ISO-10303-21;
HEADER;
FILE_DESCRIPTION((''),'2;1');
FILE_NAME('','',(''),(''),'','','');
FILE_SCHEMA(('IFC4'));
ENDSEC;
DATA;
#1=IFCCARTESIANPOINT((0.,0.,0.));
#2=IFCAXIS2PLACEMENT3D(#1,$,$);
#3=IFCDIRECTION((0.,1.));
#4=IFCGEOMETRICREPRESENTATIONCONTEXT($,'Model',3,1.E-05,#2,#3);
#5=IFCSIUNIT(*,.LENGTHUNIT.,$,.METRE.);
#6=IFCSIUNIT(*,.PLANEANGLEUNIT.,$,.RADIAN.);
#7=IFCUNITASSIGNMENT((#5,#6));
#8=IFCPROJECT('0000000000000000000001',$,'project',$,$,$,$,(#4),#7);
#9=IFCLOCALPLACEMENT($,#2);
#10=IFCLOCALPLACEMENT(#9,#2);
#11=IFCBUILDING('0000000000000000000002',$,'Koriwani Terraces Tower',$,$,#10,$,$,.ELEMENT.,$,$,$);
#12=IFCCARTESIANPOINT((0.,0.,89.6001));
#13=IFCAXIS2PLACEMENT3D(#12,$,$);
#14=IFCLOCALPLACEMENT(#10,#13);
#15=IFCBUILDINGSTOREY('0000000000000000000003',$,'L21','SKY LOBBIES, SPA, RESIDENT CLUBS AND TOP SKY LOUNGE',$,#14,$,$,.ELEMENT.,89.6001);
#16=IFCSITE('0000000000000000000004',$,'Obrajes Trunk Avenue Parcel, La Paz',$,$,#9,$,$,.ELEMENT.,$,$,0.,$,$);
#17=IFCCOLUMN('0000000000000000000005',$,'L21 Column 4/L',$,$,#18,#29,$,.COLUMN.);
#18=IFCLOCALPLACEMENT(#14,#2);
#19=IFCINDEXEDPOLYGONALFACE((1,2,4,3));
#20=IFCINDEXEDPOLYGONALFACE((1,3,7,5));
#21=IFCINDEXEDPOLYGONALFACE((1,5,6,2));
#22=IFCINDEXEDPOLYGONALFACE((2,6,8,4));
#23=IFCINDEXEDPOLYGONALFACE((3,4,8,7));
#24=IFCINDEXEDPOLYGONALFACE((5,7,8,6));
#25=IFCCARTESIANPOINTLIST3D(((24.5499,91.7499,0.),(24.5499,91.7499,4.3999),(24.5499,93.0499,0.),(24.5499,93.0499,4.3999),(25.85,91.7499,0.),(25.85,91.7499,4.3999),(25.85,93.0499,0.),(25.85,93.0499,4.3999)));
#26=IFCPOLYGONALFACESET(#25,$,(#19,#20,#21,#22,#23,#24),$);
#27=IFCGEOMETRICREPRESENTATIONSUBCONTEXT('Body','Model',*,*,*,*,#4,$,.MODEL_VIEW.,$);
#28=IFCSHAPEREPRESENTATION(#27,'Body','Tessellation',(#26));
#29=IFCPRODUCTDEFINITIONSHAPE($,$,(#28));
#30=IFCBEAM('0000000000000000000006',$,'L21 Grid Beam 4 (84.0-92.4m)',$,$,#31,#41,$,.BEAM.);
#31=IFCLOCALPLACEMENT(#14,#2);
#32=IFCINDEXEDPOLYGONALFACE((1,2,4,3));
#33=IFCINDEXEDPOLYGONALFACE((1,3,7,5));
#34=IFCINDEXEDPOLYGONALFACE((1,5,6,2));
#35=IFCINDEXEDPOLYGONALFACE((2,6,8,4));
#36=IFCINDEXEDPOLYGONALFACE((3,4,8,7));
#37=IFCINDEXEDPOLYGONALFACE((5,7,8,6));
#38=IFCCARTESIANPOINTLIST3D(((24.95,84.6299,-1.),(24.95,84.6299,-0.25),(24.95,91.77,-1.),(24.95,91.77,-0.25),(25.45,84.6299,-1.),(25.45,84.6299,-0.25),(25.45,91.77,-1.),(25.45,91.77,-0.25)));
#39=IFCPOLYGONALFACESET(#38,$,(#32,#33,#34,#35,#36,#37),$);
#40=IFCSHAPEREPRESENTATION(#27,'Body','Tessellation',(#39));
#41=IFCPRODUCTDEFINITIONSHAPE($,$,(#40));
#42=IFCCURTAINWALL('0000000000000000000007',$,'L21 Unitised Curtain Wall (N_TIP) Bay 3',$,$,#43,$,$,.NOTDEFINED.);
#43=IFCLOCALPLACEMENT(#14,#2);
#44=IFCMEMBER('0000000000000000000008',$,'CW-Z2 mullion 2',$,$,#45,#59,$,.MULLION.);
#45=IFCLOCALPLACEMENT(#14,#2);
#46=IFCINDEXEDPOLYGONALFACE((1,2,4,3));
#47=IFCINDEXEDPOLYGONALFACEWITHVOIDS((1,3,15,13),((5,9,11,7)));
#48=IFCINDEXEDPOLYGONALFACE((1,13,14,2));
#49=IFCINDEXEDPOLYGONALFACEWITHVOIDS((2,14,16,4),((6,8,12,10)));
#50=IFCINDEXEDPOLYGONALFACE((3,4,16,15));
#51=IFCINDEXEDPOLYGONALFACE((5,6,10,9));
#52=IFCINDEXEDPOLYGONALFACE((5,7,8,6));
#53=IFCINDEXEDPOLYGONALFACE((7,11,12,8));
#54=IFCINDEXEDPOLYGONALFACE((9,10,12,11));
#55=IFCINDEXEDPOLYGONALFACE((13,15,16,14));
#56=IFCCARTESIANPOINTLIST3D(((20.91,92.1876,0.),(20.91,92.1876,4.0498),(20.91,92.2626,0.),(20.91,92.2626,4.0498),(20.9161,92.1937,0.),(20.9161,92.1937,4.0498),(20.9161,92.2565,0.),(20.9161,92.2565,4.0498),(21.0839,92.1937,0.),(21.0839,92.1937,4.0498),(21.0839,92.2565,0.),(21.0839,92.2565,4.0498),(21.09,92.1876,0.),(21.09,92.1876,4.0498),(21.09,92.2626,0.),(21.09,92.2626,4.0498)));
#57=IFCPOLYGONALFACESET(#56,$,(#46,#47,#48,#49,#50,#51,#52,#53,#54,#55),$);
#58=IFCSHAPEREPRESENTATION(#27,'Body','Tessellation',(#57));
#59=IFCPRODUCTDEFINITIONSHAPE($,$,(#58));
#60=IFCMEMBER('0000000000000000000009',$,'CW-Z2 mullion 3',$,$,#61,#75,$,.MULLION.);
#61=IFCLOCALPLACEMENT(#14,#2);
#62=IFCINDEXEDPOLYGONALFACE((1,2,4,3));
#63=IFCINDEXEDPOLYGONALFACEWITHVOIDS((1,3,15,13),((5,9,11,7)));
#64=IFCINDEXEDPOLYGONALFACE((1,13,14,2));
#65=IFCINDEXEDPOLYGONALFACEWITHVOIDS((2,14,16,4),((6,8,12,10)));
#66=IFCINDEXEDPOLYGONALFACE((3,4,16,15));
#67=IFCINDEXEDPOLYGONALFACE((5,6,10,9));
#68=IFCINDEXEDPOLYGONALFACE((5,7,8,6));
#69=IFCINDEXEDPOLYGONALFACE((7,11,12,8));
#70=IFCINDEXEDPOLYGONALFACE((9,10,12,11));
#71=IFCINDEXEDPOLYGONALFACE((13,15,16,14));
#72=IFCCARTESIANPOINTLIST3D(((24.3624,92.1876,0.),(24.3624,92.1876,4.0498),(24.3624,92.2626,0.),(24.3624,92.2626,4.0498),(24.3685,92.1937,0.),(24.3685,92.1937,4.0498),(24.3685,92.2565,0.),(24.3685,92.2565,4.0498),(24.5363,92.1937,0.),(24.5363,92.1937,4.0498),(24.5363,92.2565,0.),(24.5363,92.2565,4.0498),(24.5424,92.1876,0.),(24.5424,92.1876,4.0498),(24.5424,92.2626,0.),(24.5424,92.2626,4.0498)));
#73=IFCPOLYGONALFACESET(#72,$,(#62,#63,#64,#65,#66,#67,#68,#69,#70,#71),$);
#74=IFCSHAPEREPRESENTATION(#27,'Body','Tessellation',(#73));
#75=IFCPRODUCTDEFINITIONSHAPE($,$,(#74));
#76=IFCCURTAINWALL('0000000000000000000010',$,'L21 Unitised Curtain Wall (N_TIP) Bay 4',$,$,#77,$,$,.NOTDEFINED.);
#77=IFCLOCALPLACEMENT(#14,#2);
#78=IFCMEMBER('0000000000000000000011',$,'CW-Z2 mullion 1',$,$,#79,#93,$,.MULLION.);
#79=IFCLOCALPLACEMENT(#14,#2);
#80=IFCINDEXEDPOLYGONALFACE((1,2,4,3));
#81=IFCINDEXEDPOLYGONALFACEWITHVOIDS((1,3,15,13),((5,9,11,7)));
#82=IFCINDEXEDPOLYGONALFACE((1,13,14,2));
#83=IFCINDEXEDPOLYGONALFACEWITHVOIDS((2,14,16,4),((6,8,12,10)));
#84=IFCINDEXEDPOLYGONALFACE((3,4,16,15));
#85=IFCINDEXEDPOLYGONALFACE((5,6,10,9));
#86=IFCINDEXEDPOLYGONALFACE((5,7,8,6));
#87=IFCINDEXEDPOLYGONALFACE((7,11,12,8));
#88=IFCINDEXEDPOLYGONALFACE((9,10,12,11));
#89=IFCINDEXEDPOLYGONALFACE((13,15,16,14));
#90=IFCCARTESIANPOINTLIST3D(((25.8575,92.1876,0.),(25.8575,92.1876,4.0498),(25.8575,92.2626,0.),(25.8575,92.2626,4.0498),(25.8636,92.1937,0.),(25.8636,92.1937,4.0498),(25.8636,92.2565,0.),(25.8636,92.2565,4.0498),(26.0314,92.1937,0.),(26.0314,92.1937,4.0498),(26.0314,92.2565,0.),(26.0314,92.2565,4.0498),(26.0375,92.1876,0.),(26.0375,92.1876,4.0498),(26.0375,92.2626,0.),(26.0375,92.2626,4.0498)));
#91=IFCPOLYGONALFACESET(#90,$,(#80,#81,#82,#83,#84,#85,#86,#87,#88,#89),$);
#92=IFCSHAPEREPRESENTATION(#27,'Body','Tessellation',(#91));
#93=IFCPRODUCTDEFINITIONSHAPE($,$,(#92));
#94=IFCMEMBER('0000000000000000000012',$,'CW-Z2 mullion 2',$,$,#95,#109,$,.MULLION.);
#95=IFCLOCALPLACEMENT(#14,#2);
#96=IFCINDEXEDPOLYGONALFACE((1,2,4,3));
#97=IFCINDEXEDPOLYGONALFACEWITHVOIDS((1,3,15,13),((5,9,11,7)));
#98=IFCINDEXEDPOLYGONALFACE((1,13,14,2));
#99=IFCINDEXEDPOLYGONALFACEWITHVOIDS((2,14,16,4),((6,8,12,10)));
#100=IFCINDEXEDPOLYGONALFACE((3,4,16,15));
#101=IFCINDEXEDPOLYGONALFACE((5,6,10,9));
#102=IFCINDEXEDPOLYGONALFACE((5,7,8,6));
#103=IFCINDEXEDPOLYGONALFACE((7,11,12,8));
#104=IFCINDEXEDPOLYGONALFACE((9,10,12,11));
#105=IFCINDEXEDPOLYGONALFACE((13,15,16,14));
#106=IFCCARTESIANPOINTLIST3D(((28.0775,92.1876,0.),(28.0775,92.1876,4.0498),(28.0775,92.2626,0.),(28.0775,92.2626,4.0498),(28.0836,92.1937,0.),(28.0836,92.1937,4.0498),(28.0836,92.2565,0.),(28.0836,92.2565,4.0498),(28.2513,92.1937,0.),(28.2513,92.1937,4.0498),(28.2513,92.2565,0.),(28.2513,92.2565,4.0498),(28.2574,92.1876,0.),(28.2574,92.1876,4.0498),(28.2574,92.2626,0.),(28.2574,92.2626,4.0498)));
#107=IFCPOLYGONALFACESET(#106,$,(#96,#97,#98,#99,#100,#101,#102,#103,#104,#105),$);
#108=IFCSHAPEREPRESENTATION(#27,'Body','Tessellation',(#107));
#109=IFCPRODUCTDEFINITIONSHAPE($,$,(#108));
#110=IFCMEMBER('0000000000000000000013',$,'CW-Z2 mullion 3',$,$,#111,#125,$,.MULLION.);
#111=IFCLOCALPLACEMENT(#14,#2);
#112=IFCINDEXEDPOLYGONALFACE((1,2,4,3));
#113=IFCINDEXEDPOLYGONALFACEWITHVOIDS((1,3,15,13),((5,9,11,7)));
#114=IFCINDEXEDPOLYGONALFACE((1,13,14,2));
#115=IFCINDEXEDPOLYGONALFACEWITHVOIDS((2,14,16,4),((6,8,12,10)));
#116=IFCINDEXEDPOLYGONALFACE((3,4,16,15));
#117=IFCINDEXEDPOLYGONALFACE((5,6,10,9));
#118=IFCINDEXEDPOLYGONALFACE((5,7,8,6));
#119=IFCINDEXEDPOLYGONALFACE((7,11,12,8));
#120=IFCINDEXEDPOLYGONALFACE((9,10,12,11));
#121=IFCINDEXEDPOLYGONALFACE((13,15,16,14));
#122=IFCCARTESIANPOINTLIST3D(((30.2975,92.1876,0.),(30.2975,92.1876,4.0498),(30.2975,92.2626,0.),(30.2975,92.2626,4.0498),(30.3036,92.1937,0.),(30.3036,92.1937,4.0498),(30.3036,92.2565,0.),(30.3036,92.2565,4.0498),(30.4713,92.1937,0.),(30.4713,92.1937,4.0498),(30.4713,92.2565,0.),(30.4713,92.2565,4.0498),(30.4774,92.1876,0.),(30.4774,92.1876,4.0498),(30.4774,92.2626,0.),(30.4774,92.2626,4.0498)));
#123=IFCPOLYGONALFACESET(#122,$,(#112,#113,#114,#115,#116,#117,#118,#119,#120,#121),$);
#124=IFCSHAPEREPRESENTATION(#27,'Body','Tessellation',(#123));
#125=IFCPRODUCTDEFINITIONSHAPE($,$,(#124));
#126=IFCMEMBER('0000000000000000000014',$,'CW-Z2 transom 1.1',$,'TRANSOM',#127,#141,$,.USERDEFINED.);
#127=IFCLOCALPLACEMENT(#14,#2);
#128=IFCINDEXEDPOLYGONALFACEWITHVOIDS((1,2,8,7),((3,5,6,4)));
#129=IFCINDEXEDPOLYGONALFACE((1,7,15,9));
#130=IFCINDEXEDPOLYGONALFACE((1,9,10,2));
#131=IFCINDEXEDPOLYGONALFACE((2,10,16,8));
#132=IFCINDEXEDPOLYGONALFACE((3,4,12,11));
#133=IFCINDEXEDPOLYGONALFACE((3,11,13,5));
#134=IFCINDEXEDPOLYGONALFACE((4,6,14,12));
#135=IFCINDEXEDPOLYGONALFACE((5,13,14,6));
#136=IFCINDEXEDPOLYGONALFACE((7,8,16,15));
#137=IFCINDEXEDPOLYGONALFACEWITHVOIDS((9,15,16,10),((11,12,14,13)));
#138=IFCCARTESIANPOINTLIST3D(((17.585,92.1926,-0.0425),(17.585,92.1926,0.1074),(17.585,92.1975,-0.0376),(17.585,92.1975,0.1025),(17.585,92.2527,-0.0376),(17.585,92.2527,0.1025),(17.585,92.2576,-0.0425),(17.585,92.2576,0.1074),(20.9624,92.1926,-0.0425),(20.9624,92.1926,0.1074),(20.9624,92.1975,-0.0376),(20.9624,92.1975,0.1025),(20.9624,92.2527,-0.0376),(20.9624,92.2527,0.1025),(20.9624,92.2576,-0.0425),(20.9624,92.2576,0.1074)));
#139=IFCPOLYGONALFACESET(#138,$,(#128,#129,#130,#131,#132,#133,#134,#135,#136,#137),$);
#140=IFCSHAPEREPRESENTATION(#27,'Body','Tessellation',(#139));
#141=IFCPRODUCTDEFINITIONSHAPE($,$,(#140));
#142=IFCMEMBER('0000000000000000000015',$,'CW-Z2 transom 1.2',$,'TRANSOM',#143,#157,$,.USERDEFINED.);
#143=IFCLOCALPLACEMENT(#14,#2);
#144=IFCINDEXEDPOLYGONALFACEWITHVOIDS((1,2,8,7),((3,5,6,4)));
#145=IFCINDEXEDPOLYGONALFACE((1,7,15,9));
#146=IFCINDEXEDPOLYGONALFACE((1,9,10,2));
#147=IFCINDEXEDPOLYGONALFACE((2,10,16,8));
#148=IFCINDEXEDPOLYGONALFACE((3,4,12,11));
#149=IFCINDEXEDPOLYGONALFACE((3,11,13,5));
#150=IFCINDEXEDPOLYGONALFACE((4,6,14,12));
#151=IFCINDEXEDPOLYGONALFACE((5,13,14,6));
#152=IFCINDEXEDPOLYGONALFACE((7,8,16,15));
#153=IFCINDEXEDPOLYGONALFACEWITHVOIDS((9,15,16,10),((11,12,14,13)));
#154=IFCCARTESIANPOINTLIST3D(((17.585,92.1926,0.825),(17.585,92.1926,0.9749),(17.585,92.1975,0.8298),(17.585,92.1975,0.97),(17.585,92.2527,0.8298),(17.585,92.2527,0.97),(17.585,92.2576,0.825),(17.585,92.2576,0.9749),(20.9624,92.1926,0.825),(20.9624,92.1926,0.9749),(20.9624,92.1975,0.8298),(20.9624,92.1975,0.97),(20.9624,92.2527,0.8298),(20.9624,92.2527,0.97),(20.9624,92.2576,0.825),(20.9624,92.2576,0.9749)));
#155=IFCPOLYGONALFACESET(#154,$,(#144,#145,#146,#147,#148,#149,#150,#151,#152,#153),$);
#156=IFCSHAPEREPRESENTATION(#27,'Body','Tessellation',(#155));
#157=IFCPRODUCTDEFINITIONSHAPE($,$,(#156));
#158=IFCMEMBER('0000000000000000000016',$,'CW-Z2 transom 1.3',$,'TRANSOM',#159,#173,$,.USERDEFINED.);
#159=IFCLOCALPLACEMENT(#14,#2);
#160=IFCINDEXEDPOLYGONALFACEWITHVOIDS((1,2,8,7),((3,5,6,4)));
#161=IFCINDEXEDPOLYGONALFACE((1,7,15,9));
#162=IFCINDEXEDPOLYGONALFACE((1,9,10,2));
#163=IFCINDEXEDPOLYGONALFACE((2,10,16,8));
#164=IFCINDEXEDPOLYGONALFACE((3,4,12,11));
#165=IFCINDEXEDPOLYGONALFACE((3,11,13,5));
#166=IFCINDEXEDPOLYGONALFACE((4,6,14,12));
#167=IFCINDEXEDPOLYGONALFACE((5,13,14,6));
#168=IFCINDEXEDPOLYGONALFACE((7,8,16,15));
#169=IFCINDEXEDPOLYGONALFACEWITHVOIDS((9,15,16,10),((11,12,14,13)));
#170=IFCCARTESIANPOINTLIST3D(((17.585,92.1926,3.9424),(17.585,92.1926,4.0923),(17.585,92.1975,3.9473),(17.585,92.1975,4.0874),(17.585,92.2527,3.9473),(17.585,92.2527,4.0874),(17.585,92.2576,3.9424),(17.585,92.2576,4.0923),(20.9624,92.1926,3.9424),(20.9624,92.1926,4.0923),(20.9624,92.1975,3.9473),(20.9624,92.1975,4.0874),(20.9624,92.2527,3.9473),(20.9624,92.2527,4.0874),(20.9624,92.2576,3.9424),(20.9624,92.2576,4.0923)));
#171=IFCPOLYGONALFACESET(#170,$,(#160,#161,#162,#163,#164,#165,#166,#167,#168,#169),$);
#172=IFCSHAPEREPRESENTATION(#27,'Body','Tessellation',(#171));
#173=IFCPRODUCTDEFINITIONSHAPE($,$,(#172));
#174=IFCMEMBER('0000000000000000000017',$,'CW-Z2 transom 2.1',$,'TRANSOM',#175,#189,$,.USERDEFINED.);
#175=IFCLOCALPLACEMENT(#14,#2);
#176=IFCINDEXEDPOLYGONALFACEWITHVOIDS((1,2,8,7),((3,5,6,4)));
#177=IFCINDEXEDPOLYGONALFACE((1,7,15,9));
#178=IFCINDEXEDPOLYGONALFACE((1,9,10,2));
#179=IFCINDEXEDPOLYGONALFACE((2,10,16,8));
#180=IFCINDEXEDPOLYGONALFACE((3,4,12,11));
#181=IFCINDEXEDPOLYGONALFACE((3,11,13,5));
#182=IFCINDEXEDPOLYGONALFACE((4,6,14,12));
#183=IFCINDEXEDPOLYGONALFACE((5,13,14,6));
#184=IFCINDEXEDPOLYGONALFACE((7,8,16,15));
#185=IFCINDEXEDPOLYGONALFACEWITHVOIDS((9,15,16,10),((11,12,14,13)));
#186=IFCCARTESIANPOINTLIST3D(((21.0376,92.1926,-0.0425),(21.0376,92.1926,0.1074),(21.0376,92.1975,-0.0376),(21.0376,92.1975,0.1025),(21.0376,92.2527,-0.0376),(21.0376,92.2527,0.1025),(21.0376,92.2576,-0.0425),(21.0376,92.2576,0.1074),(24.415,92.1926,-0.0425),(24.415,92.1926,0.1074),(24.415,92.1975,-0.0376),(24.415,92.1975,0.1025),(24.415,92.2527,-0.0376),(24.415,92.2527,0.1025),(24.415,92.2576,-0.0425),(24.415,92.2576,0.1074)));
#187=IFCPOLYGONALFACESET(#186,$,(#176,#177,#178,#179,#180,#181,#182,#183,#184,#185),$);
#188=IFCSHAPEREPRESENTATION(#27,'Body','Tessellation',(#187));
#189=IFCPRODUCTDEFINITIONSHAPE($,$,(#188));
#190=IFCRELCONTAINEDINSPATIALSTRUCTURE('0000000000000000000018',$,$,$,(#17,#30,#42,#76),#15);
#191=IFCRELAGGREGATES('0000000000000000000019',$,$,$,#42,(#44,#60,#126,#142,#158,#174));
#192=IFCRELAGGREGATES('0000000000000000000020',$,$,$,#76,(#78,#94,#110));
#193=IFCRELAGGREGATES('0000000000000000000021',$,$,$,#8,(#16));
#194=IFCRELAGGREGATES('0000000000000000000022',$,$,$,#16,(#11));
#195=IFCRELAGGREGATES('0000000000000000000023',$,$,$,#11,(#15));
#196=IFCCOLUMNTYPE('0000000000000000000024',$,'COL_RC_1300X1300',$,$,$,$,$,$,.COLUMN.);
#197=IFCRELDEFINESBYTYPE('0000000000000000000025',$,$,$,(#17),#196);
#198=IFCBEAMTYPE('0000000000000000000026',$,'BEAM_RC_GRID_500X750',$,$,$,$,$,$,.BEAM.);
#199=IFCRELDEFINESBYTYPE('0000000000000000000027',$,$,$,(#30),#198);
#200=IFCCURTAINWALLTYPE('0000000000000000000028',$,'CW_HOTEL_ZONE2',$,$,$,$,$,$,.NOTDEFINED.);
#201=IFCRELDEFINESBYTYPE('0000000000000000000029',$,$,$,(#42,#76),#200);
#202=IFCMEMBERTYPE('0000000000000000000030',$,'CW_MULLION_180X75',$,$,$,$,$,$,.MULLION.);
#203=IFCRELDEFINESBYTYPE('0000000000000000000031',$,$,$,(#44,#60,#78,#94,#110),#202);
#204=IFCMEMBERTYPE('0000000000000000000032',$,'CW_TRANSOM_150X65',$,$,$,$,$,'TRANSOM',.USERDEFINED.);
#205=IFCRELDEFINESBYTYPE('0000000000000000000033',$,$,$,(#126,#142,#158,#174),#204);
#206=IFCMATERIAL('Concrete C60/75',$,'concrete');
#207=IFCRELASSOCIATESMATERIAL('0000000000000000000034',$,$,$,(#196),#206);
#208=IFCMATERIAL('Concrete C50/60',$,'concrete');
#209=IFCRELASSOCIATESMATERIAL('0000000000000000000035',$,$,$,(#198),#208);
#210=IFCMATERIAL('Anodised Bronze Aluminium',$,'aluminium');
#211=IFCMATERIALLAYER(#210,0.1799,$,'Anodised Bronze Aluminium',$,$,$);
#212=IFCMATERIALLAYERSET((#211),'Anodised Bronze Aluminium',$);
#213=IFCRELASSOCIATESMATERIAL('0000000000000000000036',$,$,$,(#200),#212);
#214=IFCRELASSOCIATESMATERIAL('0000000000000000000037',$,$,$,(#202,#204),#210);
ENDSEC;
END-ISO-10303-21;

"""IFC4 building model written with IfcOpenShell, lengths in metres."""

from ifc_helpers import new_model, si_unit, direction, frame, origin, origin_2d, place, context, subcontext, project, spatial, rectangle, hollow_rectangle, extrude, material, layer, layer_set, material_profile, profile_set, type_object, element, aggregate, save


model = new_model("IFC4")

# Units and contexts
model_context = context("Model", 3, precision=1e-05, world=origin(), true_north=direction((0.0, 1.0)))
body_context = subcontext(model_context, "Body", "Model", "MODEL_VIEW")
ifc_project = project(units=[si_unit("LENGTHUNIT", "METRE"), si_unit("PLANEANGLEUNIT", "RADIAN")], contexts=[model_context])

# Site, building, storey
site_placement = place(None, origin())
site = spatial("IfcSite", under=ifc_project, at=site_placement, Name="Obrajes Trunk Avenue Parcel, La Paz", CompositionType="ELEMENT", RefElevation=0.0)
building_placement = place(site_placement, origin())
building = spatial("IfcBuilding", under=site, at=building_placement, Name="Koriwani Terraces Tower", CompositionType="ELEMENT")
storey_placement = place(building_placement, frame((0.0, 0.0, 89.6001)))
storey = spatial("IfcBuildingStorey", under=building, at=storey_placement, Name="L21", Description="SKY LOBBIES, SPA, RESIDENT CLUBS AND TOP SKY LOUNGE", CompositionType="ELEMENT", Elevation=89.6001)

# Column
ifc_material_1 = material(Name="Concrete C60/75", Category="concrete")
ifc_material_profile_1 = material_profile(ifc_material_1, rectangle(XDim=1.3, YDim=1.3, at=origin_2d()), Name="Concrete C60/75", Category="LoadBearing")
ifc_profile_set_1 = profile_set([ifc_material_profile_1], Name="Concrete C60/75")
column_type = type_object("IfcColumnType", Name="COL_RC_1300X1300", PredefinedType="COLUMN", material=ifc_profile_set_1)
column_placement = place(storey_placement, frame((25.2, 92.3999, 0.0), z_axis=(0.0, 0.0, 1.0), x_axis=(1.0, 0.0, 0.0)))
element("IfcColumn", 1, at=column_placement, inside=storey, type_object=column_type, Name="L21 Column 4/L", PredefinedType="COLUMN", context=body_context, shape_type="SweptSolid", body=[
    extrude(rectangle(XDim=1.3, YDim=1.3, at=origin_2d()), origin(), (0.0, 0.0, 1.0), 4.3999),
])

# Beam
ifc_material_2 = material(Name="Concrete C50/60", Category="concrete")
ifc_material_profile_2 = material_profile(ifc_material_2, rectangle(XDim=0.5, YDim=0.75, at=origin_2d()), Name="Concrete C50/60", Category="LoadBearing")
ifc_profile_set_2 = profile_set([ifc_material_profile_2], Name="Concrete C50/60")
beam_type = type_object("IfcBeamType", Name="BEAM_RC_GRID_500X750", PredefinedType="BEAM", material=ifc_profile_set_2)
beam_placement = place(storey_placement, frame((25.2, 84.6299, -0.625), z_axis=(0.0, 1.0, 0.0), x_axis=(-1.0, 0.0, 0.0)))
element("IfcBeam", 2, at=beam_placement, inside=storey, type_object=beam_type, Name="L21 Grid Beam 4 (84.0-92.4m)", PredefinedType="BEAM", context=body_context, shape_type="SweptSolid", body=[
    extrude(rectangle(XDim=0.5, YDim=0.75, at=origin_2d()), origin(), (0.0, 0.0, 1.0), 7.1401),
])

# Curtain walls, members
ifc_material_3 = material(Name="Anodised Bronze Aluminium", Category="aluminium")
ifc_layer_1 = layer(ifc_material_3, 0.1799, Name="Anodised Bronze Aluminium")
ifc_layer_set_1 = layer_set([ifc_layer_1], Name="Anodised Bronze Aluminium")
curtain_wall_type = type_object("IfcCurtainWallType", Name="CW_HOTEL_ZONE2", PredefinedType="NOTDEFINED", material=ifc_layer_set_1)
curtain_wall_1_placement = place(storey_placement, origin())
curtain_wall_1 = element("IfcCurtainWall", 3, at=curtain_wall_1_placement, inside=storey, type_object=curtain_wall_type, Name="L21 Unitised Curtain Wall (N_TIP) Bay 3", PredefinedType="NOTDEFINED")
ifc_material_profile_3 = material_profile(ifc_material_3, hollow_rectangle(XDim=0.075, YDim=0.1799, WallThickness=0.0061, at=origin_2d()), Name="Anodised Bronze Aluminium", Category="LoadBearing")
ifc_profile_set_3 = profile_set([ifc_material_profile_3], Name="Anodised Bronze Aluminium")
member_type_1 = type_object("IfcMemberType", Name="CW_MULLION_180X75", PredefinedType="MULLION", material=ifc_profile_set_3)
member_1_placement = place(storey_placement, frame((21.0, 92.2251, 0.0), z_axis=(0.0, 0.0, 1.0), x_axis=(0.0, 1.0, 0.0)))
member_1 = element("IfcMember", 4, at=member_1_placement, type_object=member_type_1, Name="CW-Z2 mullion 2", PredefinedType="MULLION", context=body_context, shape_type="SweptSolid", body=[
    extrude(hollow_rectangle(XDim=0.075, YDim=0.1799, WallThickness=0.0061, at=origin_2d()), origin(), (0.0, 0.0, 1.0), 4.0498),
])
member_2_placement = place(storey_placement, frame((24.4524, 92.2251, 0.0), z_axis=(0.0, 0.0, 1.0), x_axis=(0.0, 1.0, 0.0)))
member_2 = element("IfcMember", 5, at=member_2_placement, type_object=member_type_1, Name="CW-Z2 mullion 3", PredefinedType="MULLION", context=body_context, shape_type="SweptSolid", body=[
    extrude(hollow_rectangle(XDim=0.075, YDim=0.1799, WallThickness=0.0061, at=origin_2d()), origin(), (0.0, 0.0, 1.0), 4.0498),
])
curtain_wall_2_placement = place(storey_placement, origin())
curtain_wall_2 = element("IfcCurtainWall", 6, at=curtain_wall_2_placement, inside=storey, type_object=curtain_wall_type, Name="L21 Unitised Curtain Wall (N_TIP) Bay 4", PredefinedType="NOTDEFINED")
member_3_placement = place(storey_placement, frame((25.9475, 92.2251, 0.0), z_axis=(0.0, 0.0, 1.0), x_axis=(0.0, 1.0, 0.0)))
member_3 = element("IfcMember", 7, at=member_3_placement, type_object=member_type_1, Name="CW-Z2 mullion 1", PredefinedType="MULLION", context=body_context, shape_type="SweptSolid", body=[
    extrude(hollow_rectangle(XDim=0.075, YDim=0.1799, WallThickness=0.0061, at=origin_2d()), origin(), (0.0, 0.0, 1.0), 4.0498),
])
member_4_placement = place(storey_placement, frame((28.1675, 92.2251, 0.0), z_axis=(0.0, 0.0, 1.0), x_axis=(0.0, 1.0, 0.0)))
member_4 = element("IfcMember", 8, at=member_4_placement, type_object=member_type_1, Name="CW-Z2 mullion 2", PredefinedType="MULLION", context=body_context, shape_type="SweptSolid", body=[
    extrude(hollow_rectangle(XDim=0.075, YDim=0.1799, WallThickness=0.0061, at=origin_2d()), origin(), (0.0, 0.0, 1.0), 4.0498),
])
member_5_placement = place(storey_placement, frame((30.3875, 92.2251, 0.0), z_axis=(0.0, 0.0, 1.0), x_axis=(0.0, 1.0, 0.0)))
member_5 = element("IfcMember", 9, at=member_5_placement, type_object=member_type_1, Name="CW-Z2 mullion 3", PredefinedType="MULLION", context=body_context, shape_type="SweptSolid", body=[
    extrude(hollow_rectangle(XDim=0.075, YDim=0.1799, WallThickness=0.0061, at=origin_2d()), origin(), (0.0, 0.0, 1.0), 4.0498),
])

# Members
ifc_material_profile_4 = material_profile(ifc_material_3, hollow_rectangle(XDim=0.0649, YDim=0.1499, WallThickness=0.0049, at=origin_2d()), Name="Anodised Bronze Aluminium", Category="LoadBearing")
ifc_profile_set_4 = profile_set([ifc_material_profile_4], Name="Anodised Bronze Aluminium")
member_type_2 = type_object("IfcMemberType", Name="CW_TRANSOM_150X65", ElementType="TRANSOM", PredefinedType="USERDEFINED", material=ifc_profile_set_4)
member_6_placement = place(storey_placement, frame((17.585, 92.2251, 0.0325), z_axis=(1.0, 0.0, 0.0), x_axis=(0.0, 1.0, 0.0)))
member_6 = element("IfcMember", 10, at=member_6_placement, type_object=member_type_2, Name="CW-Z2 transom 1.1", ObjectType="TRANSOM", PredefinedType="USERDEFINED", context=body_context, shape_type="SweptSolid", body=[
    extrude(hollow_rectangle(XDim=0.0649, YDim=0.1499, WallThickness=0.0049, at=origin_2d()), origin(), (0.0, 0.0, 1.0), 3.3774),
])
member_7_placement = place(storey_placement, frame((17.585, 92.2251, 0.8999), z_axis=(1.0, 0.0, 0.0), x_axis=(0.0, 1.0, 0.0)))
member_7 = element("IfcMember", 11, at=member_7_placement, type_object=member_type_2, Name="CW-Z2 transom 1.2", ObjectType="TRANSOM", PredefinedType="USERDEFINED", context=body_context, shape_type="SweptSolid", body=[
    extrude(hollow_rectangle(XDim=0.0649, YDim=0.1499, WallThickness=0.0049, at=origin_2d()), origin(), (0.0, 0.0, 1.0), 3.3774),
])
member_8_placement = place(storey_placement, frame((17.585, 92.2251, 4.0173), z_axis=(1.0, 0.0, 0.0), x_axis=(0.0, 1.0, 0.0)))
member_8 = element("IfcMember", 12, at=member_8_placement, type_object=member_type_2, Name="CW-Z2 transom 1.3", ObjectType="TRANSOM", PredefinedType="USERDEFINED", context=body_context, shape_type="SweptSolid", body=[
    extrude(hollow_rectangle(XDim=0.0649, YDim=0.1499, WallThickness=0.0049, at=origin_2d()), origin(), (0.0, 0.0, 1.0), 3.3774),
])
member_9_placement = place(storey_placement, frame((21.0376, 92.2251, 0.0325), z_axis=(1.0, 0.0, 0.0), x_axis=(0.0, 1.0, 0.0)))
member_9 = element("IfcMember", 13, at=member_9_placement, type_object=member_type_2, Name="CW-Z2 transom 2.1", ObjectType="TRANSOM", PredefinedType="USERDEFINED", context=body_context, shape_type="SweptSolid", body=[
    extrude(hollow_rectangle(XDim=0.0649, YDim=0.1499, WallThickness=0.0049, at=origin_2d()), origin(), (0.0, 0.0, 1.0), 3.3774),
])

aggregate(curtain_wall_1, [member_1, member_2, member_6, member_7, member_8, member_9])
aggregate(curtain_wall_2, [member_3, member_4, member_5])

save(model, "model.ifc")
